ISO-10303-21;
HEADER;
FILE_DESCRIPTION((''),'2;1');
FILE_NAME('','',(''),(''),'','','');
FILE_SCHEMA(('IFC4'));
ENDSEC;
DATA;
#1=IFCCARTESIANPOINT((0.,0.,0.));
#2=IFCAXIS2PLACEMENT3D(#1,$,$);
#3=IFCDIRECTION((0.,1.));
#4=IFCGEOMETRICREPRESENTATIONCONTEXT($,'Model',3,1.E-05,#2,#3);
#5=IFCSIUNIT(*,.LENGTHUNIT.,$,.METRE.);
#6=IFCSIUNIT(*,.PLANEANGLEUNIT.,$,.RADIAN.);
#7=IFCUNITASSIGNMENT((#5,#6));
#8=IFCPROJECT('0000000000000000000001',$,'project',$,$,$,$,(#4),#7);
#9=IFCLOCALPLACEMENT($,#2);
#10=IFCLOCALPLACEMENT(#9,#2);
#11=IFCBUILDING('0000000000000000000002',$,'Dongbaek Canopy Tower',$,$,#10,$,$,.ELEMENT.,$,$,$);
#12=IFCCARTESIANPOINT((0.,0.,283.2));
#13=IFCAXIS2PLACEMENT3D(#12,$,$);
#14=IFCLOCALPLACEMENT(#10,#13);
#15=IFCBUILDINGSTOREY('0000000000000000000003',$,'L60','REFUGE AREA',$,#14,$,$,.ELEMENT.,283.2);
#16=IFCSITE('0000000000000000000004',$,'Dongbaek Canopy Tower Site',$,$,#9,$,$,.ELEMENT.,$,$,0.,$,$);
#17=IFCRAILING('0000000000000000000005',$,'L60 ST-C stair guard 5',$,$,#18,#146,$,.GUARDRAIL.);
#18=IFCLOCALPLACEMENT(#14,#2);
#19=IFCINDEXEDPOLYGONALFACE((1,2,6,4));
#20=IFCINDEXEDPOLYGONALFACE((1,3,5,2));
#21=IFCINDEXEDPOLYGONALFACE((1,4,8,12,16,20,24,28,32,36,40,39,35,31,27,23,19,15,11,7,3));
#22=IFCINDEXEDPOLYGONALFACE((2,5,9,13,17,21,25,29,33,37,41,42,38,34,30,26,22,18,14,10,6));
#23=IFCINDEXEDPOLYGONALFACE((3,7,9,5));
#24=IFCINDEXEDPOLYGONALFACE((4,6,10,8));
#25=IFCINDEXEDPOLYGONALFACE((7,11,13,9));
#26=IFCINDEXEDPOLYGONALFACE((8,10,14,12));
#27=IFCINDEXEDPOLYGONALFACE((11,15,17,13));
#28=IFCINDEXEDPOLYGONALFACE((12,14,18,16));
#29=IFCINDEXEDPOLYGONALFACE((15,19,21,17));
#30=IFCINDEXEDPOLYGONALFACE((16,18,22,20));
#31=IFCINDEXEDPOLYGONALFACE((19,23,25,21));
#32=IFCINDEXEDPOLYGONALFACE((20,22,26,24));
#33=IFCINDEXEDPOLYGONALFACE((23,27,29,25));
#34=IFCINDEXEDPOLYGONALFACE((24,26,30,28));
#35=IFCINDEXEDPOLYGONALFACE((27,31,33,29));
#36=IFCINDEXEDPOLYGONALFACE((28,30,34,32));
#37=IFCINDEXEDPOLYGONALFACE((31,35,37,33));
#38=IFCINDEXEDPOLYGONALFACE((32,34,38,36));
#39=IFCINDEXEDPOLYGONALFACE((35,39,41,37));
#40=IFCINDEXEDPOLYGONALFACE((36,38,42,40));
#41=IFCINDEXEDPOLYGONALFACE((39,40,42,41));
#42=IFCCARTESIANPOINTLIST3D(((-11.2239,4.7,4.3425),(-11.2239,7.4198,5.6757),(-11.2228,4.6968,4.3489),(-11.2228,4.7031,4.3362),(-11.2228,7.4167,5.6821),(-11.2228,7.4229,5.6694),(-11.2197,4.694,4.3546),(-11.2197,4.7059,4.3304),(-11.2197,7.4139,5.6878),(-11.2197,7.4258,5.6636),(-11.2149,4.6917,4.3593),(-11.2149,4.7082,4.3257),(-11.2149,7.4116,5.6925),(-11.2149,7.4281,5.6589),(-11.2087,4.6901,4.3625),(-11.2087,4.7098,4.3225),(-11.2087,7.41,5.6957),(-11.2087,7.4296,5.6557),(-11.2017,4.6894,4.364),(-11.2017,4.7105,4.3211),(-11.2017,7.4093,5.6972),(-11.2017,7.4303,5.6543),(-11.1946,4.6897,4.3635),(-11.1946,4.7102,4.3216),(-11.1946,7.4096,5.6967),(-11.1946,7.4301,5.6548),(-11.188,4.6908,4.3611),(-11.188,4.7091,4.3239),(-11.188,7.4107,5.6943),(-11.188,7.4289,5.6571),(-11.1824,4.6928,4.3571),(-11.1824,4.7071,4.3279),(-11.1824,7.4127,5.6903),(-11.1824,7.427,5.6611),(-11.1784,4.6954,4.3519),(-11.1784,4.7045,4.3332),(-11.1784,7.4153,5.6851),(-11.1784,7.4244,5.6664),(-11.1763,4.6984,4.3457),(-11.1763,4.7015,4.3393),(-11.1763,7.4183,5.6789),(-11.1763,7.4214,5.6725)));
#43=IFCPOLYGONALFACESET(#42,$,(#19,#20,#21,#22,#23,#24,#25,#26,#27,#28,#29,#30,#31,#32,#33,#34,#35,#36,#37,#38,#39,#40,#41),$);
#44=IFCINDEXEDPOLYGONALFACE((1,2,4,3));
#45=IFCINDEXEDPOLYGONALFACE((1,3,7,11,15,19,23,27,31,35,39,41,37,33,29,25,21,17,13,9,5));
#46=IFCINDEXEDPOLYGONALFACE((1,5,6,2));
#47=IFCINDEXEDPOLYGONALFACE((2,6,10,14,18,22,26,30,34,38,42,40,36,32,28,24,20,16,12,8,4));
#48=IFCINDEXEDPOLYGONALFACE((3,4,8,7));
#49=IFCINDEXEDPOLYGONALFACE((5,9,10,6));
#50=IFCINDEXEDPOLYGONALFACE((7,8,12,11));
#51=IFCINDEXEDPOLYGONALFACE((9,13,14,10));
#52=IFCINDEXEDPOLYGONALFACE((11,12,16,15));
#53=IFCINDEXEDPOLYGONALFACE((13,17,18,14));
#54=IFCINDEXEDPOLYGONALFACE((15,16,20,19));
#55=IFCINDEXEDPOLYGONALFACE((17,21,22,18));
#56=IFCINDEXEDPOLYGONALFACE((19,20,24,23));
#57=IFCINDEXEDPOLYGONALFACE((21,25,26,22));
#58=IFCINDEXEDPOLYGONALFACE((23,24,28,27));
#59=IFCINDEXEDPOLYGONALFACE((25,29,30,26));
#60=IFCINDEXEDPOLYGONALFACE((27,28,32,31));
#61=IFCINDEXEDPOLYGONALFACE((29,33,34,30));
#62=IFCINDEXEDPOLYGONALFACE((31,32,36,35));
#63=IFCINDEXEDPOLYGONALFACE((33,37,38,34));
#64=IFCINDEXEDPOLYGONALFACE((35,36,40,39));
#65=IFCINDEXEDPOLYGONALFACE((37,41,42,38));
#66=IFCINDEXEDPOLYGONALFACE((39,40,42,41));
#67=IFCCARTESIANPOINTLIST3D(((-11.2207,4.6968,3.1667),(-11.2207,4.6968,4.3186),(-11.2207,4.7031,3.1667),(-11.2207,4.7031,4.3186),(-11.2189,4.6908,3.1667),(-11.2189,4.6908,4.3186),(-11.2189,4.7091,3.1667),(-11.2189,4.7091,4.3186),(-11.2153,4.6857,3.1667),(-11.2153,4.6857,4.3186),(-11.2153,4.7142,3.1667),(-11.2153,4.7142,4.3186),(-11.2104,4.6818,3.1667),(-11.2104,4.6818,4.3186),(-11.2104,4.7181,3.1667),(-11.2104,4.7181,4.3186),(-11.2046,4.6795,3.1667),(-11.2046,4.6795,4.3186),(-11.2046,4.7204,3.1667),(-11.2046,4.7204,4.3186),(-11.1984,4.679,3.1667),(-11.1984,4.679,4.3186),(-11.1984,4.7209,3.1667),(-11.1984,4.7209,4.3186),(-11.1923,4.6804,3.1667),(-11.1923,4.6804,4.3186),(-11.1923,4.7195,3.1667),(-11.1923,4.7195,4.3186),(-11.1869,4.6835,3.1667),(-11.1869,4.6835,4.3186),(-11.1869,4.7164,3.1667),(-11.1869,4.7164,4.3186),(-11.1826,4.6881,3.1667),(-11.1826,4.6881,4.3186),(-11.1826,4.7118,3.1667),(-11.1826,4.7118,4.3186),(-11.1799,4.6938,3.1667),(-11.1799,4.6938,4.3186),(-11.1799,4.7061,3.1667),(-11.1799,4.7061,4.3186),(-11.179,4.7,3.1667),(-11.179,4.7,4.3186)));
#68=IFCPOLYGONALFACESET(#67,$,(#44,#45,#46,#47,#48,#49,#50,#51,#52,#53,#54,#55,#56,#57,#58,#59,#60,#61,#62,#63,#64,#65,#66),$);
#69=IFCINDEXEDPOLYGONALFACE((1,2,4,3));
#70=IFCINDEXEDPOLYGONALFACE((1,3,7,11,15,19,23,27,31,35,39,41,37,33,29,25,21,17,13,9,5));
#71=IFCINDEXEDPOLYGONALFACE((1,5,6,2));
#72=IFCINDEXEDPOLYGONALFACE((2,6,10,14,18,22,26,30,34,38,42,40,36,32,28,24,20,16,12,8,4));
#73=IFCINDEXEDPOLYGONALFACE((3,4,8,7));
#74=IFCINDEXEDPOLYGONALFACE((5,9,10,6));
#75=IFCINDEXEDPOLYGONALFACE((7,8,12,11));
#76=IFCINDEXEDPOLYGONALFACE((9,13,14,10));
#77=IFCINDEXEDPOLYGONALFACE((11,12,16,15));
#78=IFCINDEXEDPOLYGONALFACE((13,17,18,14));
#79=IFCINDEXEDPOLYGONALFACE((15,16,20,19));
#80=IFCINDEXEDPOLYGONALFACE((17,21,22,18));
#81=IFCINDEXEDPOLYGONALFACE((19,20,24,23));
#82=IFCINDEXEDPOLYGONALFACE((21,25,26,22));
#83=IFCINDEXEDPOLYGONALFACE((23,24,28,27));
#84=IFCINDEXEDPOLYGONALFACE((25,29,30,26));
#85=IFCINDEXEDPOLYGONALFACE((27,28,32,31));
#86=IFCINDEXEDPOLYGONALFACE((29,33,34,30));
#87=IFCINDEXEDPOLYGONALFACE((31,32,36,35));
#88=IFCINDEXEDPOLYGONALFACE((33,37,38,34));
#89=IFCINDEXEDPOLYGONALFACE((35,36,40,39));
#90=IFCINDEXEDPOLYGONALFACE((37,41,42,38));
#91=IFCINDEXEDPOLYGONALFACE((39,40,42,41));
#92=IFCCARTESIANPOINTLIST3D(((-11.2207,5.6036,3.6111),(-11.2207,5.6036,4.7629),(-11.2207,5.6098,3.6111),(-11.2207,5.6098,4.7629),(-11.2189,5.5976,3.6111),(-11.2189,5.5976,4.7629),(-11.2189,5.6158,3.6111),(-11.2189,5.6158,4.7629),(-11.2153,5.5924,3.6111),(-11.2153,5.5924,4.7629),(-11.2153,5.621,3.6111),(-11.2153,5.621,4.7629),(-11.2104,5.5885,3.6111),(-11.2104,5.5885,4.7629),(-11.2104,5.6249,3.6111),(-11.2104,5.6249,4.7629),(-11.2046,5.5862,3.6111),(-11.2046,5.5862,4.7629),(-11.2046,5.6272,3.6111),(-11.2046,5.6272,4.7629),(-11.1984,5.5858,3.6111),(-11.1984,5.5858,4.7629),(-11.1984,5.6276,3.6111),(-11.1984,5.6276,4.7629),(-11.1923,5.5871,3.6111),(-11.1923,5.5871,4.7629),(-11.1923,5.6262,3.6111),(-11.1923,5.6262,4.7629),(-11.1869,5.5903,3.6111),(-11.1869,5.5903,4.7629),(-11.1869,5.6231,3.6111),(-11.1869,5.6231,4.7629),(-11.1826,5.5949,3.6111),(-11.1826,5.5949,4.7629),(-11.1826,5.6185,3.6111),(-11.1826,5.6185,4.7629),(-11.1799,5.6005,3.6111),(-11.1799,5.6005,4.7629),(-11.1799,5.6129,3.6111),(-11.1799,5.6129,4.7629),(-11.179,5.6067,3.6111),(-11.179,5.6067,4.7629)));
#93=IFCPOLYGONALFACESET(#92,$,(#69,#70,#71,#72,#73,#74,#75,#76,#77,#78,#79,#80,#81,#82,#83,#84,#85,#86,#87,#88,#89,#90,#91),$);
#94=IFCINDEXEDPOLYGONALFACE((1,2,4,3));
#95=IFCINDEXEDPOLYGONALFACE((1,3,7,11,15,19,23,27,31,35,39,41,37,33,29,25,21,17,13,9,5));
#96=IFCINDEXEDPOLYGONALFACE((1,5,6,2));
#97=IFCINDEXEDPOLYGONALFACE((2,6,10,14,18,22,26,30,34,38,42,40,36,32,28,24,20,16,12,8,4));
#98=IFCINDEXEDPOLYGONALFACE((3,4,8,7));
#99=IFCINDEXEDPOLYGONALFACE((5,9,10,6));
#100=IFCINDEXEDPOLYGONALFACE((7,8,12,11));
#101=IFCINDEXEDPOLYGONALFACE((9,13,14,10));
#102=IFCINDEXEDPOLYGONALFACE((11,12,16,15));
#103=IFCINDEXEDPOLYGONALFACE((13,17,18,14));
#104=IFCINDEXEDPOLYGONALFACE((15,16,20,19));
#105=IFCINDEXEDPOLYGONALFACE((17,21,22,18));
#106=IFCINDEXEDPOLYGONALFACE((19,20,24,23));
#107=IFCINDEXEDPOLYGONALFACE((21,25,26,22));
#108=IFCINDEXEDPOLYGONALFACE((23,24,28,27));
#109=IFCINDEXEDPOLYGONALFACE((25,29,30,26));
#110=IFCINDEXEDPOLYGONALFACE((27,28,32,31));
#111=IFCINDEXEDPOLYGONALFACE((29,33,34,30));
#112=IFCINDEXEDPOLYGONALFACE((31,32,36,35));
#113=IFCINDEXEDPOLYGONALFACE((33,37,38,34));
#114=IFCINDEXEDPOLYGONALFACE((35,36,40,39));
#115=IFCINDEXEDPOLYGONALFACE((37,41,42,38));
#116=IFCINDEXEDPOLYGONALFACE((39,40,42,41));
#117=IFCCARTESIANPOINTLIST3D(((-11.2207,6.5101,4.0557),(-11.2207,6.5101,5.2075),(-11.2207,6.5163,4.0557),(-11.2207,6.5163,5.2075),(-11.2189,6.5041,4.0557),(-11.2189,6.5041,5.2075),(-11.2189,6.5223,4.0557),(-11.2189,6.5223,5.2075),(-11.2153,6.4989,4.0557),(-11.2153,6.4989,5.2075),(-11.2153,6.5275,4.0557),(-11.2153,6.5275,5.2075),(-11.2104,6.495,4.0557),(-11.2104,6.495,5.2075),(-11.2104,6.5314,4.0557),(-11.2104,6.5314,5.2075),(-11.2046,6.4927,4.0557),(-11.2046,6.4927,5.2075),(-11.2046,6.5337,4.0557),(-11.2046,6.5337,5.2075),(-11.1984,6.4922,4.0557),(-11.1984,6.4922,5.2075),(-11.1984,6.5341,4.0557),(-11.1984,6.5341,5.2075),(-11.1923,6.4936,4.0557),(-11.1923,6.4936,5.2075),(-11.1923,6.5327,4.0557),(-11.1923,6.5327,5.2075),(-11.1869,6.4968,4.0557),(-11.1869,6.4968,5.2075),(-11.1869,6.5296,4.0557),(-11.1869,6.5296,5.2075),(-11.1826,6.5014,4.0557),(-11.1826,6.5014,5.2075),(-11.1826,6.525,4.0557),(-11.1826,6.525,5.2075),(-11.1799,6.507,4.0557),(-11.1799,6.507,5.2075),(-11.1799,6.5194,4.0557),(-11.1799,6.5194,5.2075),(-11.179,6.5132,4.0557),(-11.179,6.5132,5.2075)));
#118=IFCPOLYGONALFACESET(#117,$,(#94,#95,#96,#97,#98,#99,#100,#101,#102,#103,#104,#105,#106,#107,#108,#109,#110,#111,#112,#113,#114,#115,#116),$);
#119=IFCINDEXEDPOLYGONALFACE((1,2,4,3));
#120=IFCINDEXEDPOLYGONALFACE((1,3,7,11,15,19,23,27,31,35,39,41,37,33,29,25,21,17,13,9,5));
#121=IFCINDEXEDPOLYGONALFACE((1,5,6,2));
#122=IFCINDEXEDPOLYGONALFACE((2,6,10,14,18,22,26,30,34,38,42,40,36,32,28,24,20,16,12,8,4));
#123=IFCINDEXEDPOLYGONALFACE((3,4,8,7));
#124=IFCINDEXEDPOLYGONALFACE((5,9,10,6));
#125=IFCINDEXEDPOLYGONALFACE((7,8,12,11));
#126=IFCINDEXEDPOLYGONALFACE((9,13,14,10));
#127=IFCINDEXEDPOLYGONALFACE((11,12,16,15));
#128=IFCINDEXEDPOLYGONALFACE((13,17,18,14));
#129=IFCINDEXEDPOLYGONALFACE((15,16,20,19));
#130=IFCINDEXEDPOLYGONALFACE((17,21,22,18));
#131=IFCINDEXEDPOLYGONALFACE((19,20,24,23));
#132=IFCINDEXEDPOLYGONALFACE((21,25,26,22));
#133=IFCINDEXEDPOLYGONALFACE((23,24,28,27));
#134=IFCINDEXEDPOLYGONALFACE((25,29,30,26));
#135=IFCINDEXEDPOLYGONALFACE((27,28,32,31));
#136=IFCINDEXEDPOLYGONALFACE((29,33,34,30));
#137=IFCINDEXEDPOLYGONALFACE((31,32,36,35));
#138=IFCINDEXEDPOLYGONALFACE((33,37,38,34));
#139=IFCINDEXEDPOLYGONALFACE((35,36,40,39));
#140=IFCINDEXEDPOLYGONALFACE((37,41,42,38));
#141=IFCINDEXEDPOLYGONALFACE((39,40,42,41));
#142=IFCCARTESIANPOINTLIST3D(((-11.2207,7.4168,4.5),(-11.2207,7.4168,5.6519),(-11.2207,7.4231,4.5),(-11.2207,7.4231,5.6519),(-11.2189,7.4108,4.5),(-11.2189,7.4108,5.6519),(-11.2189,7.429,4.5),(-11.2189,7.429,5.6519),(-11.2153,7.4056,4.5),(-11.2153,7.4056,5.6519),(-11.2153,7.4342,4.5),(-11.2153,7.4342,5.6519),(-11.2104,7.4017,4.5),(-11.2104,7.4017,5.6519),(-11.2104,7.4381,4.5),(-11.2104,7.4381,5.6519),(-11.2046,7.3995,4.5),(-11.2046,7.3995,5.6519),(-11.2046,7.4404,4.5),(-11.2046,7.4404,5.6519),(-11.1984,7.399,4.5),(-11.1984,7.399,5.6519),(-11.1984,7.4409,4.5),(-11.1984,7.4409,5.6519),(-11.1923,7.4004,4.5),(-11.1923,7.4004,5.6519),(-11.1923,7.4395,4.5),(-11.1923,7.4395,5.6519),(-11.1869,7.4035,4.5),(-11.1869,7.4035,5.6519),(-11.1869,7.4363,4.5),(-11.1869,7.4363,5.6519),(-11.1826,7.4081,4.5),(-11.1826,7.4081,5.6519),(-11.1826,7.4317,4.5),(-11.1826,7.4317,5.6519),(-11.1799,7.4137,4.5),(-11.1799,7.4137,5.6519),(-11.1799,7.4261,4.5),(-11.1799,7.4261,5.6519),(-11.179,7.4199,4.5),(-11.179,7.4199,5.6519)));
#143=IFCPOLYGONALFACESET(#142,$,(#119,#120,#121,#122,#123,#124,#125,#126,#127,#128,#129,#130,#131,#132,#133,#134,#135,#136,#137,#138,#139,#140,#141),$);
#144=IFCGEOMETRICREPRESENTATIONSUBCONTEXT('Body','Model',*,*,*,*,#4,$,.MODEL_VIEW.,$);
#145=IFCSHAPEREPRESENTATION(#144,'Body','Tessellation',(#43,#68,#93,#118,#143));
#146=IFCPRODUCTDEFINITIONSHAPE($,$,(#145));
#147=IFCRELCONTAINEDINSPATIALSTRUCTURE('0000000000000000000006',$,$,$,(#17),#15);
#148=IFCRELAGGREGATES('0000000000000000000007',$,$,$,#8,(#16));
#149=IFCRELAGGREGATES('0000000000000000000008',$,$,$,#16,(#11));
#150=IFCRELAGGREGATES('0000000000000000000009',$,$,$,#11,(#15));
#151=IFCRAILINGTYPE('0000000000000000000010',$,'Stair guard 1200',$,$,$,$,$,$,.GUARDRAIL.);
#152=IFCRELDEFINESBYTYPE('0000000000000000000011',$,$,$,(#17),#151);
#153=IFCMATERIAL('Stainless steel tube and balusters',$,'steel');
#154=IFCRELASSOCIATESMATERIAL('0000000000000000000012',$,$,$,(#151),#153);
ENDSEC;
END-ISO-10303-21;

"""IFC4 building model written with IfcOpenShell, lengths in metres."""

from ifc_helpers import new_model, si_unit, direction, frame, origin, origin_2d, place, context, subcontext, project, spatial, circle, extrude, material, type_object, element, save


model = new_model("IFC4")

# Units and contexts
model_context = context("Model", 3, precision=1e-05, world=origin(), true_north=direction((0.0, 1.0)))
body_context = subcontext(model_context, "Body", "Model", "MODEL_VIEW")
ifc_project = project(units=[si_unit("LENGTHUNIT", "METRE"), si_unit("PLANEANGLEUNIT", "RADIAN")], contexts=[model_context])

# Site, building, storey
site_placement = place(None, origin())
site = spatial("IfcSite", under=ifc_project, at=site_placement, Name="Dongbaek Canopy Tower Site", CompositionType="ELEMENT", RefElevation=0.0)
building_placement = place(site_placement, origin())
building = spatial("IfcBuilding", under=site, at=building_placement, Name="Dongbaek Canopy Tower", CompositionType="ELEMENT")
storey_placement = place(building_placement, frame((0.0, 0.0, 283.2)))
storey = spatial("IfcBuildingStorey", under=building, at=storey_placement, Name="L60", Description="REFUGE AREA", CompositionType="ELEMENT", Elevation=283.2)

# Railing
ifc_material_1 = material(Name="Stainless steel tube and balusters", Category="steel")
railing_type = type_object("IfcRailingType", Name="Stair guard 1200", PredefinedType="GUARDRAIL", material=ifc_material_1)
railing_1_placement = place(storey_placement, frame((-11.2, 4.7, 3.1667)))
element("IfcRailing", 1, at=railing_1_placement, inside=storey, type_object=railing_type, Name="L60 ST-C stair guard 5", PredefinedType="GUARDRAIL", context=body_context, shape_type="SweptSolid", body=[
    extrude(circle(Radius=0.0239, at=origin_2d()), frame((0.0, 0.0, 1.1758), z_axis=(0.0, 0.897929, 0.440139), x_axis=(-1.0, 0.0, 0.0)), (0.0, 0.0, 1.0), 3.0291),
    extrude(circle(Radius=0.021, at=origin_2d()), origin(), (0.0, 0.0, 1.0), 1.1519),
    extrude(circle(Radius=0.021, at=origin_2d()), frame((0.0, 0.9067, 0.4443)), (0.0, 0.0, 1.0), 1.1519),
    extrude(circle(Radius=0.021, at=origin_2d()), frame((0.0, 1.8132, 0.8889)), (0.0, 0.0, 1.0), 1.1519),
    extrude(circle(Radius=0.021, at=origin_2d()), frame((0.0, 2.72, 1.3333)), (0.0, 0.0, 1.0), 1.1519),
])

save(model, "model.ifc")
